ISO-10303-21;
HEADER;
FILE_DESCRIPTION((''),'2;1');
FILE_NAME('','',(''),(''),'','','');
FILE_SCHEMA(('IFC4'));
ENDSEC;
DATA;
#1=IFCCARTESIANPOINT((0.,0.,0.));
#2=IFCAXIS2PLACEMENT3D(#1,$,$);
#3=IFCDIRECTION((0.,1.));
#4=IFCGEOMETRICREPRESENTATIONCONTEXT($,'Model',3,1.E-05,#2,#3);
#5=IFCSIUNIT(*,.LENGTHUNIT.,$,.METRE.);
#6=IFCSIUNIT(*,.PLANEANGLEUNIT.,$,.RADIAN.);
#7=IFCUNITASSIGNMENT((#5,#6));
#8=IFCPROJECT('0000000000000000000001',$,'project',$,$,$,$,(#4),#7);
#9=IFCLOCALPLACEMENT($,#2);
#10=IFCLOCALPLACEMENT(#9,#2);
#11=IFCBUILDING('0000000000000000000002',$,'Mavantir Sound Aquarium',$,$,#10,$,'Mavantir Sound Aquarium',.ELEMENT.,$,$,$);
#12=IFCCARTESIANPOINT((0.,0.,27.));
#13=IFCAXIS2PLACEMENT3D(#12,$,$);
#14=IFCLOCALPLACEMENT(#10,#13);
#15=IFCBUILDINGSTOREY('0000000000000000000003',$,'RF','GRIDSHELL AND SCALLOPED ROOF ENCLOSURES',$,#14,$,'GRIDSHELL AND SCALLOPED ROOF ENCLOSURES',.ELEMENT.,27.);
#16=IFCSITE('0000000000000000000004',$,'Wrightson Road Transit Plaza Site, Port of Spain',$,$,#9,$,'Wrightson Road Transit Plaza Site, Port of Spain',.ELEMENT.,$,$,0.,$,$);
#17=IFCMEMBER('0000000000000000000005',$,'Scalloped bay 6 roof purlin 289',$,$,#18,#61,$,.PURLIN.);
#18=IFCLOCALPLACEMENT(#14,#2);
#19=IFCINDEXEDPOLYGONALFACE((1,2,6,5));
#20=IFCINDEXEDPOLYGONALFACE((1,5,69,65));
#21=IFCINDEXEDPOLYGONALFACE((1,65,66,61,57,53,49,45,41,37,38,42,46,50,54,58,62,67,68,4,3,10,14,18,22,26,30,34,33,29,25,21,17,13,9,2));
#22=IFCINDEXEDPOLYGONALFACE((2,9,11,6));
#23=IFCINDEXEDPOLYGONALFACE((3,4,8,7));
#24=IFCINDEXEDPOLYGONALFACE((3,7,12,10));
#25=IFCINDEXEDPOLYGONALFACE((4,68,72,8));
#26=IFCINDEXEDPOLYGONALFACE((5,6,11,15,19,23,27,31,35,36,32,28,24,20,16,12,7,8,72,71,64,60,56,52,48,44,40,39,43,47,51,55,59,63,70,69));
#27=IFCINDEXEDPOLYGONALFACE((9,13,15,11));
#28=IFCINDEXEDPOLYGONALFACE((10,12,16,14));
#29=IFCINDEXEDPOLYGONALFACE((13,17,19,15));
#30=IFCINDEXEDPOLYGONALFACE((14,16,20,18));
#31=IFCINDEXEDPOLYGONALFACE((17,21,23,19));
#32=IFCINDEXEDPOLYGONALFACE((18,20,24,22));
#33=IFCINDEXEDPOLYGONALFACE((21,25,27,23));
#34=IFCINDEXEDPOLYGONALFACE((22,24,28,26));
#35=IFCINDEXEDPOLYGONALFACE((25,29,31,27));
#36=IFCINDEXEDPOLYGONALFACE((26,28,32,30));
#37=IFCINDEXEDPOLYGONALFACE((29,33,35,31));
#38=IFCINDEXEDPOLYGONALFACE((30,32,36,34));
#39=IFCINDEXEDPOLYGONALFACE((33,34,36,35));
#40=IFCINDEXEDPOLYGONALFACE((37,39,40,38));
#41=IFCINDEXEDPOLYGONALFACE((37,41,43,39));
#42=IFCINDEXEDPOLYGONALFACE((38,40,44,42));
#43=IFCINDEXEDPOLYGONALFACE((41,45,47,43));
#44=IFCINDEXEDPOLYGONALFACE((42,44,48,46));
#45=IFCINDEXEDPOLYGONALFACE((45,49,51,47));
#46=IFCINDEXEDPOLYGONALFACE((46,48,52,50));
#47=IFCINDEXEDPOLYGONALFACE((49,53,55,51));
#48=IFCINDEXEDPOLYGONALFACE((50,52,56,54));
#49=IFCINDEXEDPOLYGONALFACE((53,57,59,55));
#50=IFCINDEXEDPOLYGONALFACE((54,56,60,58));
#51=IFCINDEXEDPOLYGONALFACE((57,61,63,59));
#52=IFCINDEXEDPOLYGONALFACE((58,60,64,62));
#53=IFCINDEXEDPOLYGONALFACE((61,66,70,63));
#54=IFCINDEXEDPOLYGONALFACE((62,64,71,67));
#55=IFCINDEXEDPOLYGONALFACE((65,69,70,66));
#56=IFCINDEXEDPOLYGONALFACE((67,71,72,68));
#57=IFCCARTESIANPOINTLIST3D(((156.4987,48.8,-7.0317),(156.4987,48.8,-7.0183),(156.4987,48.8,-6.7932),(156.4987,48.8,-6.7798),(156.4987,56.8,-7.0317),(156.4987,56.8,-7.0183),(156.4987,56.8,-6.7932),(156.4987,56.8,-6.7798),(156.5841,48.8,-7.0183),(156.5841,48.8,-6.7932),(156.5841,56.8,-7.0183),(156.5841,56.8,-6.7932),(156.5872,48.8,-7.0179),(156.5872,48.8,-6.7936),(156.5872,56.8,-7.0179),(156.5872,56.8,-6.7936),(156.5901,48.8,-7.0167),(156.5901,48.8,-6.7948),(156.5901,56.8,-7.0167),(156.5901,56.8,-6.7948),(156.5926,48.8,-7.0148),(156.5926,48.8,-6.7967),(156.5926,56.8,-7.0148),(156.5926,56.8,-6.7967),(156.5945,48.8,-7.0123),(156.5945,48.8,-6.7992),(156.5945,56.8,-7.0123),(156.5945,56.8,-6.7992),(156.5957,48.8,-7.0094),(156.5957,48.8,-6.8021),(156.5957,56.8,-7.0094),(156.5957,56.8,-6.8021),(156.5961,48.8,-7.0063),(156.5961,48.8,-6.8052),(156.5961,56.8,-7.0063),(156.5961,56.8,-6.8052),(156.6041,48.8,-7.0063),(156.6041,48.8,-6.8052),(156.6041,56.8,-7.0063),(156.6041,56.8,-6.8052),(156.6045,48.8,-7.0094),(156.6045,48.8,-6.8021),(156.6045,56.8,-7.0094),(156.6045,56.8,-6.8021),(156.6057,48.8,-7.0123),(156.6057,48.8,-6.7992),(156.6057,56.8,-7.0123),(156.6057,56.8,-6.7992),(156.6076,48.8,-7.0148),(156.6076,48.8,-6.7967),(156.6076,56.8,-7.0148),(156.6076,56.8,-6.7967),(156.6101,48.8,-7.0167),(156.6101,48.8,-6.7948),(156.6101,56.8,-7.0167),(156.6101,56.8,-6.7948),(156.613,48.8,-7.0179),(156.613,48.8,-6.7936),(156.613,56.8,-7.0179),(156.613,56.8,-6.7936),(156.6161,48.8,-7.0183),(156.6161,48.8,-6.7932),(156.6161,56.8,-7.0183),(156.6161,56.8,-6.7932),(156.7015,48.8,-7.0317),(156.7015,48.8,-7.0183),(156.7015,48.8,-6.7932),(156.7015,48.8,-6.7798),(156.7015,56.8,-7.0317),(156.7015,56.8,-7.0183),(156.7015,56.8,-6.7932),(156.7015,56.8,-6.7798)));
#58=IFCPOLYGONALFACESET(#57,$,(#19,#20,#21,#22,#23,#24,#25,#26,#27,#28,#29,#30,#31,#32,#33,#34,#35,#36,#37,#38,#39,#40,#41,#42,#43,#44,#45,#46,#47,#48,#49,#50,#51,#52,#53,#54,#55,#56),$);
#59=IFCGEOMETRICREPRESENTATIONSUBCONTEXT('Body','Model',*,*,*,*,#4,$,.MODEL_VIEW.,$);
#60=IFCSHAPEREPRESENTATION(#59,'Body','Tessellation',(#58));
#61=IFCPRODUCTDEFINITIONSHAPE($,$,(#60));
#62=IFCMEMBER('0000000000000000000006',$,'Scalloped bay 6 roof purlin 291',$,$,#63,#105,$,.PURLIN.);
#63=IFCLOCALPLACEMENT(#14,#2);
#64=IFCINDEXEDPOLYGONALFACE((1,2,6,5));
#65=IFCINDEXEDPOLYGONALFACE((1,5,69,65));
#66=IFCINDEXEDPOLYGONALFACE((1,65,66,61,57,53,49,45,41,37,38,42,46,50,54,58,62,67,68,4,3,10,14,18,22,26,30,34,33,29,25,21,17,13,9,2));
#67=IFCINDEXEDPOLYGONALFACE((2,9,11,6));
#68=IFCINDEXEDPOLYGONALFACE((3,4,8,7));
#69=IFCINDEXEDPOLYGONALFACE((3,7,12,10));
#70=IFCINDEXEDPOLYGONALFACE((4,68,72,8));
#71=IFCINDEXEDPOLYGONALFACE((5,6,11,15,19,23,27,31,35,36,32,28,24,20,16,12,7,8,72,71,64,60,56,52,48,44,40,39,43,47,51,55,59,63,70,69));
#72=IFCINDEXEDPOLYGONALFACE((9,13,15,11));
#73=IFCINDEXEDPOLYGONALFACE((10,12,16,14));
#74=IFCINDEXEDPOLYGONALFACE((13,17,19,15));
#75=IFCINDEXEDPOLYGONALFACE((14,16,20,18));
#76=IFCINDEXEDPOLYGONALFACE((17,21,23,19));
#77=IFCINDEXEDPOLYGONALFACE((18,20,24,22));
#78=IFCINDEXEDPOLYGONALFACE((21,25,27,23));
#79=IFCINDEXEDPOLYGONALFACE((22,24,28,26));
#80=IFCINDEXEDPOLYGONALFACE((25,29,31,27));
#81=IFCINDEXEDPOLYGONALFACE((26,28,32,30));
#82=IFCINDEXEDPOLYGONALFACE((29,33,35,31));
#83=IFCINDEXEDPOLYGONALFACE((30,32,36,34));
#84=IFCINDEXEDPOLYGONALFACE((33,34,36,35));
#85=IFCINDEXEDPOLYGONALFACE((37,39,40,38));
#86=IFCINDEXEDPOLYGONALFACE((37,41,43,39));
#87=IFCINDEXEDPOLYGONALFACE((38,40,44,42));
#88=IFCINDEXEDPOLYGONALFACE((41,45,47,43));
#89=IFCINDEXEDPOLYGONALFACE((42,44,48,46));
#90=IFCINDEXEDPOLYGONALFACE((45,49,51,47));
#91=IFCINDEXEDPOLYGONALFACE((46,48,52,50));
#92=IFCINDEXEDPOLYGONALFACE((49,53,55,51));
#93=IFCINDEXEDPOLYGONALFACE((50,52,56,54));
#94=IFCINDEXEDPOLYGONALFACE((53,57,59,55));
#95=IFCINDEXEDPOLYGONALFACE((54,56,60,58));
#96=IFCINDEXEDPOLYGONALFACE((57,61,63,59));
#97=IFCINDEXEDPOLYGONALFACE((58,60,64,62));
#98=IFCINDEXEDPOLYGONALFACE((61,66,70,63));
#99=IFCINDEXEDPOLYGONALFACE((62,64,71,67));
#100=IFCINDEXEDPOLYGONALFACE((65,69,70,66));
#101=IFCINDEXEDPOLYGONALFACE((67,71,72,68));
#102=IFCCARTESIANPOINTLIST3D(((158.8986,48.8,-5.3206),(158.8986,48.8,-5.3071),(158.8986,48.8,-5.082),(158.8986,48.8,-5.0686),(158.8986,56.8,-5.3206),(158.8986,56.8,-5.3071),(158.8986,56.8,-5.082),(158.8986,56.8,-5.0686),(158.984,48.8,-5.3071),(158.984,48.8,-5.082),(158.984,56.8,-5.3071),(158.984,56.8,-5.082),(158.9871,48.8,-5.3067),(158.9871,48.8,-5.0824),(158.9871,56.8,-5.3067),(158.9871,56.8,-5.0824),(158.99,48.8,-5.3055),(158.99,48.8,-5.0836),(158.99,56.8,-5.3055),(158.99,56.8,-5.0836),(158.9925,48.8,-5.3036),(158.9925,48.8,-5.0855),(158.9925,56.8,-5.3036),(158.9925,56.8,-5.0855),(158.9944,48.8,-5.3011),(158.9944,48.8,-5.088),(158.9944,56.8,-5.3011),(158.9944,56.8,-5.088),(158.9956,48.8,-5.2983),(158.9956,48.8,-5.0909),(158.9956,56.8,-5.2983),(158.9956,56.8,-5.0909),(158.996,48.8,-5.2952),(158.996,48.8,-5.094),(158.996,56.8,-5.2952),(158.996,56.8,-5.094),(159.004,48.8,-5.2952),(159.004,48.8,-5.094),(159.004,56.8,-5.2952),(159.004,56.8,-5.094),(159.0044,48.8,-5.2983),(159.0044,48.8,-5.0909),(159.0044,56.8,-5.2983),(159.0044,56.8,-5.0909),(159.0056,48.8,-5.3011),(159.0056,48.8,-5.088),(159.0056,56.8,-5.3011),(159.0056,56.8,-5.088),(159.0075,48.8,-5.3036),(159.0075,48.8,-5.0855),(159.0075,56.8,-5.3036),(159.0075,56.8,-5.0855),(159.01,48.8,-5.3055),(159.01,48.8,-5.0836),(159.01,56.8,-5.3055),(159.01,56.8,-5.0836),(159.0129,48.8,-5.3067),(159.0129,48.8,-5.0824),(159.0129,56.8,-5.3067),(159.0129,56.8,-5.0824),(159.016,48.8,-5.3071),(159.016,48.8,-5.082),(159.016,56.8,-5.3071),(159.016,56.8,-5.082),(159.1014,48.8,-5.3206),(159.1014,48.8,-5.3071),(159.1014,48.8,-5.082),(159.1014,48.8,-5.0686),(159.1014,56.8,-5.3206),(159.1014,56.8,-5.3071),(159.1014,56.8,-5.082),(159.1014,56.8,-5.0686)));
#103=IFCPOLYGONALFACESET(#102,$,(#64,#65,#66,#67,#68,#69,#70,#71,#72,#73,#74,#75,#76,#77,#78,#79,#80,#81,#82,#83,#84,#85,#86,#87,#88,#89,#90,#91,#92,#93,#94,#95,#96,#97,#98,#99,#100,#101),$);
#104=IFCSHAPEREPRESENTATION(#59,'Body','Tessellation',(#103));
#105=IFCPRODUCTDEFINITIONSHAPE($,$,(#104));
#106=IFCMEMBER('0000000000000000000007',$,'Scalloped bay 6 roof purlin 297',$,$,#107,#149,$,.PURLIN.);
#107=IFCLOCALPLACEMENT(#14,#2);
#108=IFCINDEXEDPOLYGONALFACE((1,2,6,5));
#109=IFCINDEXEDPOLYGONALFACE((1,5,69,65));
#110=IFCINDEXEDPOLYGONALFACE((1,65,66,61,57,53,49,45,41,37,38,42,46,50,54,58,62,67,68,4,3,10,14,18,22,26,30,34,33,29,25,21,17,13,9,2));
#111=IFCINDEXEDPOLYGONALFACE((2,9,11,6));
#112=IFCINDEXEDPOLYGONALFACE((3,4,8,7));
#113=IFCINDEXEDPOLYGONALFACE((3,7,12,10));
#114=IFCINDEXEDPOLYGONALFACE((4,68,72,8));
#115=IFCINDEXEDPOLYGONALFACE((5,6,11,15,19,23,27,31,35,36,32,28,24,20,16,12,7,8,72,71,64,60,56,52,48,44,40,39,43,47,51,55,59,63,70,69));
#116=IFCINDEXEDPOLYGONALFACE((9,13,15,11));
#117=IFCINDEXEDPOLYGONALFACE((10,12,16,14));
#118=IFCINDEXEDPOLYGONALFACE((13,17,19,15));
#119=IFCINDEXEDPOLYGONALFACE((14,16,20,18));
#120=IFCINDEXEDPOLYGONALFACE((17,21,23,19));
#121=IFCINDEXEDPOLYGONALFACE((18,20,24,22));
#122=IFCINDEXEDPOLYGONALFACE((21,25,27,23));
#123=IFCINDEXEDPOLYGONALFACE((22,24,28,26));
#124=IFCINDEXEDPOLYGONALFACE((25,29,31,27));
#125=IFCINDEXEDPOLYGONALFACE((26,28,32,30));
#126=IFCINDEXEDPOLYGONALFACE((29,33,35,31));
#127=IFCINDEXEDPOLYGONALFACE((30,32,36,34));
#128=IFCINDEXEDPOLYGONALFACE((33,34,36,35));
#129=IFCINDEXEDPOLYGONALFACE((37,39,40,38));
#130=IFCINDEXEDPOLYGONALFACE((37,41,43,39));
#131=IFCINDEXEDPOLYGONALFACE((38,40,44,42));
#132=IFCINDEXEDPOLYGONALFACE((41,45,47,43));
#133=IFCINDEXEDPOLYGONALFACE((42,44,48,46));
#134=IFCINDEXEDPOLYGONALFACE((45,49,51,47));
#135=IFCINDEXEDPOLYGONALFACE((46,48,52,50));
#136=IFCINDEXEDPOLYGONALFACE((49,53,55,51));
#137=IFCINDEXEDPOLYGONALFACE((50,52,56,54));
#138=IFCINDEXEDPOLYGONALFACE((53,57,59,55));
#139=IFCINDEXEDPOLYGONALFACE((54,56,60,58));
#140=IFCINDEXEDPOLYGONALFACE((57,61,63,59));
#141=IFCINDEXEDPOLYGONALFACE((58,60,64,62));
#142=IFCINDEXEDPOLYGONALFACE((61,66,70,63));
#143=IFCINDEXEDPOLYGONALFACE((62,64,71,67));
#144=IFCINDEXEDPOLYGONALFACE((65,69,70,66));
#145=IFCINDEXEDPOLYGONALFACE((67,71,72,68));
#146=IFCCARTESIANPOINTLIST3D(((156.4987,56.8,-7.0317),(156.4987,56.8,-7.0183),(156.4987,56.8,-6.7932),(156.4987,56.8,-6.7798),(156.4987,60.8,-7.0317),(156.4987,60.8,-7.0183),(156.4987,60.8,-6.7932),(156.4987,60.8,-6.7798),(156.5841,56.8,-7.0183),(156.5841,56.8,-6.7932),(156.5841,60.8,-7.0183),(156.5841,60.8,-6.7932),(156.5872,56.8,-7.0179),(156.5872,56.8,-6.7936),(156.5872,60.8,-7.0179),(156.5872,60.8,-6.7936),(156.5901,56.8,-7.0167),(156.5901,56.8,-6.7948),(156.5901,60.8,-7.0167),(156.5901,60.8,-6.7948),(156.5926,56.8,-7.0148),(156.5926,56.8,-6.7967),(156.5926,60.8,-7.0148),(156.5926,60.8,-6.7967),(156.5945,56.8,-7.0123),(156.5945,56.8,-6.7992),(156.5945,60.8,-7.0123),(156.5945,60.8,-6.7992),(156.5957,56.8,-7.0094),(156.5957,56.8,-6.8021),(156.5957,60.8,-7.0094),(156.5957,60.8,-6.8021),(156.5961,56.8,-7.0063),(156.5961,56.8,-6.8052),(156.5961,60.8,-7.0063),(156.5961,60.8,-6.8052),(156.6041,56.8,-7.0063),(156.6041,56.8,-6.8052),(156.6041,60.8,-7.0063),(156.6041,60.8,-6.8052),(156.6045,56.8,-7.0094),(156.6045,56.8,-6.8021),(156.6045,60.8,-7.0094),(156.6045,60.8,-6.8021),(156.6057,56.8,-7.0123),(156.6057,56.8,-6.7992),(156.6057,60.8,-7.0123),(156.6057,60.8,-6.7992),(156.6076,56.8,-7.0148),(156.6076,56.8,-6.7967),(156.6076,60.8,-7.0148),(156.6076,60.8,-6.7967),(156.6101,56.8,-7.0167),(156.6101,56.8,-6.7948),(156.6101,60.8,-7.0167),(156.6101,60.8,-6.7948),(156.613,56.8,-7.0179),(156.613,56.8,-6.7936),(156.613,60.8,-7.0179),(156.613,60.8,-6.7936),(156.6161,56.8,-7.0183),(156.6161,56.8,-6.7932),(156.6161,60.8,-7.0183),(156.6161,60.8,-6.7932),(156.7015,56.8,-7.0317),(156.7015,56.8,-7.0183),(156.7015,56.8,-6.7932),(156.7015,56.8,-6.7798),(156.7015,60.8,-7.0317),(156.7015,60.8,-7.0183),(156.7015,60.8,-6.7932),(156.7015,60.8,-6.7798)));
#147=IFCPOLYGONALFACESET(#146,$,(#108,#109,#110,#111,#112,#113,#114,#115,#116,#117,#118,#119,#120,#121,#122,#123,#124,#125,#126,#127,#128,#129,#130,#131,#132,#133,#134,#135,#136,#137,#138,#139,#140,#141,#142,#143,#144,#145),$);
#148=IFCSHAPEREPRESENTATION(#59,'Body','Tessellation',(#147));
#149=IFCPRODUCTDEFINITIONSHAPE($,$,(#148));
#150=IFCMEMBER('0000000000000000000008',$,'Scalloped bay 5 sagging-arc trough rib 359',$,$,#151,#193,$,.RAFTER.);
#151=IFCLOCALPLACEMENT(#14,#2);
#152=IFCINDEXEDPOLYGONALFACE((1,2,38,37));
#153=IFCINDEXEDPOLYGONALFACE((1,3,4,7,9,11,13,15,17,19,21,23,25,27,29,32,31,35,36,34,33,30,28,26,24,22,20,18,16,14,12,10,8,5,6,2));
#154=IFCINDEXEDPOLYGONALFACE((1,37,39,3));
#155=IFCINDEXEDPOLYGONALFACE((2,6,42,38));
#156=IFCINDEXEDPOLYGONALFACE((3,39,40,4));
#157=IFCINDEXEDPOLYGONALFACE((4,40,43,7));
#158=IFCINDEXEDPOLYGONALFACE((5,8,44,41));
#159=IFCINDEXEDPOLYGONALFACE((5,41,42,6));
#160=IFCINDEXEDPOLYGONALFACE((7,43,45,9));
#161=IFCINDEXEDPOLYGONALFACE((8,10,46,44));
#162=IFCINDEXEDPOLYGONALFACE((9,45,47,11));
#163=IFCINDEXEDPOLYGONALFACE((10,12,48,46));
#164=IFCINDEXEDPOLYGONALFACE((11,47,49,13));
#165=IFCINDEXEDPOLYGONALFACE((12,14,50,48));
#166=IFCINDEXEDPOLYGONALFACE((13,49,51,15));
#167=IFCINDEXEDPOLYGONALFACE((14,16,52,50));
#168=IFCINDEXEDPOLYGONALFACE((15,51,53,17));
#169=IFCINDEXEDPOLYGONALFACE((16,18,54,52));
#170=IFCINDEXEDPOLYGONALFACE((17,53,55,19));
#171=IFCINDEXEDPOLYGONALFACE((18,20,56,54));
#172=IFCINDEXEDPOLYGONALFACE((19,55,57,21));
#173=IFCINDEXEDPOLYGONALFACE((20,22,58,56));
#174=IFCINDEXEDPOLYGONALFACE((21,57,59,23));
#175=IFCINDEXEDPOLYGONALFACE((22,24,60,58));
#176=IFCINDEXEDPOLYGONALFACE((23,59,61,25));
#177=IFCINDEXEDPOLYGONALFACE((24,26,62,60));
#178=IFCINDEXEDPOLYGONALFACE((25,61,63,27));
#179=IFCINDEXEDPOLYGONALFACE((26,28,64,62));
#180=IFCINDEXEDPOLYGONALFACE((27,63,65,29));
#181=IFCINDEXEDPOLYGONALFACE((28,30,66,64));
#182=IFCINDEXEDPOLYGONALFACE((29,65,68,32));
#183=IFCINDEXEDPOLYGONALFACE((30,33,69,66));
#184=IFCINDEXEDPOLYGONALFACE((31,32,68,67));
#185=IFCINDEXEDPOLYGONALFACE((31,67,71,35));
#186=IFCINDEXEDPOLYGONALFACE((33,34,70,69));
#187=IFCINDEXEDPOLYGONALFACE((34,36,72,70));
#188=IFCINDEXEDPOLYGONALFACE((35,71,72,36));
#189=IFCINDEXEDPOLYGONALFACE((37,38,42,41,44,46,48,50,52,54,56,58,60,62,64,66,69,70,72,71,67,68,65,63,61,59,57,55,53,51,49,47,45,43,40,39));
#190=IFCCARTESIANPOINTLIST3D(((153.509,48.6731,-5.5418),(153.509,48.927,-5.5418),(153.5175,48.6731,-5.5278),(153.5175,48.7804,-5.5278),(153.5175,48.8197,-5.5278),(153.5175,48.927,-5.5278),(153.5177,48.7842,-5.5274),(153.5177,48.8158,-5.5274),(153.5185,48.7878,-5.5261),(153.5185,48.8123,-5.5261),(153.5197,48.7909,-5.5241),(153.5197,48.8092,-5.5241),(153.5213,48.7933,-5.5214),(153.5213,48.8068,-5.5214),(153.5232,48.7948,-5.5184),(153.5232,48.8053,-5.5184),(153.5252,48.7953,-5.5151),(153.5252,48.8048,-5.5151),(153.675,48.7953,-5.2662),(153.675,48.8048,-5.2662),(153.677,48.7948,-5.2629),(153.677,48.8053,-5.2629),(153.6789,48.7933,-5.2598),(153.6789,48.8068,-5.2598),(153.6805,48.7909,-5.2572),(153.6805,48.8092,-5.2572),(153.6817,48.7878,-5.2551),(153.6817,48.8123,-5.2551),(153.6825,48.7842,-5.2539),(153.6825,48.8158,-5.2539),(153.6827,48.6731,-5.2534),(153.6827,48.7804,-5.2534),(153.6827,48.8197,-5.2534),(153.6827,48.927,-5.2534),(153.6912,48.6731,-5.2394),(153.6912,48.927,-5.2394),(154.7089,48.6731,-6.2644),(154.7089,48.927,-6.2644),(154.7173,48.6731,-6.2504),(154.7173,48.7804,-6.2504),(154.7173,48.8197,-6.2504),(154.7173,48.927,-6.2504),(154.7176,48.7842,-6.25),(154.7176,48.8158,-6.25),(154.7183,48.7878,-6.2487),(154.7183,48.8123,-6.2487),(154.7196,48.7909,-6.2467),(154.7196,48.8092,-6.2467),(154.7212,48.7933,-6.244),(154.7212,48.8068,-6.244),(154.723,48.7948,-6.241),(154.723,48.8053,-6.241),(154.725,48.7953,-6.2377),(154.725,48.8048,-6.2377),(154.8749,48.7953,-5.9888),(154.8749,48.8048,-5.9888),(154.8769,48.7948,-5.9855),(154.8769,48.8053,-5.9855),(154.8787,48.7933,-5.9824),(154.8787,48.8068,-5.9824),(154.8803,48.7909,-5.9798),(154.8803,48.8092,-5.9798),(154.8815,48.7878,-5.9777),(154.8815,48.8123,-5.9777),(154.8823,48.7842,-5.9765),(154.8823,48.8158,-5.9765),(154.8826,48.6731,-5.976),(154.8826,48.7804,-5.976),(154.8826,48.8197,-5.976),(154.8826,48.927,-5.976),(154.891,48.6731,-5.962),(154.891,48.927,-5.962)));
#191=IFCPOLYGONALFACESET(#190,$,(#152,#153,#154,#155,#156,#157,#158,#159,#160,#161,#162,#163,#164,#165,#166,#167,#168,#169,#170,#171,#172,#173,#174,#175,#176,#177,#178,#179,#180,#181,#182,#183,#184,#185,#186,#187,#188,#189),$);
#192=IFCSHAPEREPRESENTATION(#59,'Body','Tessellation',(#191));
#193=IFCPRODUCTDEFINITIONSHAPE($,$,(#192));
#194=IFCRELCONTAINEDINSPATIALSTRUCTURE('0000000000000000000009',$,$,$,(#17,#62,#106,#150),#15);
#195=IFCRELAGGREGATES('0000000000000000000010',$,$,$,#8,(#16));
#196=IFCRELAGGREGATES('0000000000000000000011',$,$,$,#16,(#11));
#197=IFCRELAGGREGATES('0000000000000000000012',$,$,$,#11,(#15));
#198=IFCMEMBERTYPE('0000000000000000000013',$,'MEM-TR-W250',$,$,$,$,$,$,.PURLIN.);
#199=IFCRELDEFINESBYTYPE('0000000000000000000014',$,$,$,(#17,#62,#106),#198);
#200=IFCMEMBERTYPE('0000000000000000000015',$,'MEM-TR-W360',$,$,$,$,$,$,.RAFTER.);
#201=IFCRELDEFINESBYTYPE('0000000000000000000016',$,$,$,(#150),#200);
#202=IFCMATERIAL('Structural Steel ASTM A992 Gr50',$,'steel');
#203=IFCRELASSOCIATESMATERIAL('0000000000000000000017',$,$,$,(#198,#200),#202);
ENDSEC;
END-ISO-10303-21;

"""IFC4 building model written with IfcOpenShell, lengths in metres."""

from ifc_helpers import new_model, si_unit, direction, frame, origin, origin_2d, place, context, subcontext, project, spatial, i_section, extrude, material, material_profile, profile_set, type_object, element, save


model = new_model("IFC4")

# Units and contexts
model_context = context("Model", 3, precision=1e-05, world=origin(), true_north=direction((0.0, 1.0)))
body_context = subcontext(model_context, "Body", "Model", "MODEL_VIEW")
ifc_project = project(units=[si_unit("LENGTHUNIT", "METRE"), si_unit("PLANEANGLEUNIT", "RADIAN")], contexts=[model_context])

# Site, building, storey
site_placement = place(None, origin())
site = spatial("IfcSite", under=ifc_project, at=site_placement, Name="Wrightson Road Transit Plaza Site, Port of Spain", LongName="Wrightson Road Transit Plaza Site, Port of Spain", CompositionType="ELEMENT", RefElevation=0.0)
building_placement = place(site_placement, origin())
building = spatial("IfcBuilding", under=site, at=building_placement, Name="Mavantir Sound Aquarium", LongName="Mavantir Sound Aquarium", CompositionType="ELEMENT")
storey_placement = place(building_placement, frame((0.0, 0.0, 27.0)))
storey = spatial("IfcBuildingStorey", under=building, at=storey_placement, Name="RF", Description="GRIDSHELL AND SCALLOPED ROOF ENCLOSURES", LongName="GRIDSHELL AND SCALLOPED ROOF ENCLOSURES", CompositionType="ELEMENT", Elevation=27.0)

# Shared definitions
ifc_material_1 = material(Name="Structural Steel ASTM A992 Gr50", Category="steel")

# Members
ifc_material_profile_1 = material_profile(ifc_material_1, i_section(OverallWidth=0.2029, OverallDepth=0.252, WebThickness=0.0081, FlangeThickness=0.0134, FilletRadius=0.012, at=origin_2d()), Name="W250X58")
ifc_profile_set_1 = profile_set([ifc_material_profile_1], Name="Structural Steel ASTM A992 Gr50")
member_type_1 = type_object("IfcMemberType", Name="MEM-TR-W250", PredefinedType="PURLIN", material=ifc_profile_set_1)
for number, where, z_axis, x_axis, name in (
    (1, (156.6001, 48.8, -6.9058), (0.0, 1.0, 0.0), (-1.0, 0.0, 0.0), "Scalloped bay 6 roof purlin 289"),
    (2, (159.0, 48.8, -5.1946), (0.0, 1.0, 0.0), (-1.0, 0.0, 0.0), "Scalloped bay 6 roof purlin 291"),
):
    element("IfcMember", number, at=place(storey_placement, frame(where, z_axis=z_axis, x_axis=x_axis)), inside=storey, type_object=member_type_1, Name=name, PredefinedType="PURLIN", context=body_context, shape_type="SweptSolid", body=[
        extrude(i_section(OverallWidth=0.2029, OverallDepth=0.252, WebThickness=0.0081, FlangeThickness=0.0134, FilletRadius=0.012, at=origin_2d()), origin(), (0.0, 0.0, 1.0), 8.0),
    ])
member_1_placement = place(storey_placement, frame((156.6001, 56.8, -6.9058), z_axis=(0.0, 1.0, 0.0), x_axis=(-1.0, 0.0, 0.0)))
element("IfcMember", 3, at=member_1_placement, inside=storey, type_object=member_type_1, Name="Scalloped bay 6 roof purlin 297", PredefinedType="PURLIN", context=body_context, shape_type="SweptSolid", body=[
    extrude(i_section(OverallWidth=0.2029, OverallDepth=0.252, WebThickness=0.0081, FlangeThickness=0.0134, FilletRadius=0.012, at=origin_2d()), origin(), (0.0, 0.0, 1.0), 4.0),
])
ifc_material_profile_2 = material_profile(ifc_material_1, i_section(OverallWidth=0.2539, OverallDepth=0.353, WebThickness=0.0095, FlangeThickness=0.0164, FilletRadius=0.0149, at=origin_2d()), Name="W360X91")
ifc_profile_set_2 = profile_set([ifc_material_profile_2], Name="Structural Steel ASTM A992 Gr50")
member_type_2 = type_object("IfcMemberType", Name="MEM-TR-W360", PredefinedType="RAFTER", material=ifc_profile_set_2)
member_2_placement = place(storey_placement, frame((153.6001, 48.8, -5.3906), z_axis=(0.856646, 0.0, -0.515905), x_axis=(0.0, 1.0, 0.0)))
element("IfcMember", 4, at=member_2_placement, inside=storey, type_object=member_type_2, Name="Scalloped bay 5 sagging-arc trough rib 359", PredefinedType="RAFTER", context=body_context, shape_type="SweptSolid", body=[
    extrude(i_section(OverallWidth=0.2539, OverallDepth=0.353, WebThickness=0.0095, FlangeThickness=0.0164, FilletRadius=0.0149, at=origin_2d()), origin(), (0.0, 0.0, 1.0), 1.4006),
])

save(model, "model.ifc")
